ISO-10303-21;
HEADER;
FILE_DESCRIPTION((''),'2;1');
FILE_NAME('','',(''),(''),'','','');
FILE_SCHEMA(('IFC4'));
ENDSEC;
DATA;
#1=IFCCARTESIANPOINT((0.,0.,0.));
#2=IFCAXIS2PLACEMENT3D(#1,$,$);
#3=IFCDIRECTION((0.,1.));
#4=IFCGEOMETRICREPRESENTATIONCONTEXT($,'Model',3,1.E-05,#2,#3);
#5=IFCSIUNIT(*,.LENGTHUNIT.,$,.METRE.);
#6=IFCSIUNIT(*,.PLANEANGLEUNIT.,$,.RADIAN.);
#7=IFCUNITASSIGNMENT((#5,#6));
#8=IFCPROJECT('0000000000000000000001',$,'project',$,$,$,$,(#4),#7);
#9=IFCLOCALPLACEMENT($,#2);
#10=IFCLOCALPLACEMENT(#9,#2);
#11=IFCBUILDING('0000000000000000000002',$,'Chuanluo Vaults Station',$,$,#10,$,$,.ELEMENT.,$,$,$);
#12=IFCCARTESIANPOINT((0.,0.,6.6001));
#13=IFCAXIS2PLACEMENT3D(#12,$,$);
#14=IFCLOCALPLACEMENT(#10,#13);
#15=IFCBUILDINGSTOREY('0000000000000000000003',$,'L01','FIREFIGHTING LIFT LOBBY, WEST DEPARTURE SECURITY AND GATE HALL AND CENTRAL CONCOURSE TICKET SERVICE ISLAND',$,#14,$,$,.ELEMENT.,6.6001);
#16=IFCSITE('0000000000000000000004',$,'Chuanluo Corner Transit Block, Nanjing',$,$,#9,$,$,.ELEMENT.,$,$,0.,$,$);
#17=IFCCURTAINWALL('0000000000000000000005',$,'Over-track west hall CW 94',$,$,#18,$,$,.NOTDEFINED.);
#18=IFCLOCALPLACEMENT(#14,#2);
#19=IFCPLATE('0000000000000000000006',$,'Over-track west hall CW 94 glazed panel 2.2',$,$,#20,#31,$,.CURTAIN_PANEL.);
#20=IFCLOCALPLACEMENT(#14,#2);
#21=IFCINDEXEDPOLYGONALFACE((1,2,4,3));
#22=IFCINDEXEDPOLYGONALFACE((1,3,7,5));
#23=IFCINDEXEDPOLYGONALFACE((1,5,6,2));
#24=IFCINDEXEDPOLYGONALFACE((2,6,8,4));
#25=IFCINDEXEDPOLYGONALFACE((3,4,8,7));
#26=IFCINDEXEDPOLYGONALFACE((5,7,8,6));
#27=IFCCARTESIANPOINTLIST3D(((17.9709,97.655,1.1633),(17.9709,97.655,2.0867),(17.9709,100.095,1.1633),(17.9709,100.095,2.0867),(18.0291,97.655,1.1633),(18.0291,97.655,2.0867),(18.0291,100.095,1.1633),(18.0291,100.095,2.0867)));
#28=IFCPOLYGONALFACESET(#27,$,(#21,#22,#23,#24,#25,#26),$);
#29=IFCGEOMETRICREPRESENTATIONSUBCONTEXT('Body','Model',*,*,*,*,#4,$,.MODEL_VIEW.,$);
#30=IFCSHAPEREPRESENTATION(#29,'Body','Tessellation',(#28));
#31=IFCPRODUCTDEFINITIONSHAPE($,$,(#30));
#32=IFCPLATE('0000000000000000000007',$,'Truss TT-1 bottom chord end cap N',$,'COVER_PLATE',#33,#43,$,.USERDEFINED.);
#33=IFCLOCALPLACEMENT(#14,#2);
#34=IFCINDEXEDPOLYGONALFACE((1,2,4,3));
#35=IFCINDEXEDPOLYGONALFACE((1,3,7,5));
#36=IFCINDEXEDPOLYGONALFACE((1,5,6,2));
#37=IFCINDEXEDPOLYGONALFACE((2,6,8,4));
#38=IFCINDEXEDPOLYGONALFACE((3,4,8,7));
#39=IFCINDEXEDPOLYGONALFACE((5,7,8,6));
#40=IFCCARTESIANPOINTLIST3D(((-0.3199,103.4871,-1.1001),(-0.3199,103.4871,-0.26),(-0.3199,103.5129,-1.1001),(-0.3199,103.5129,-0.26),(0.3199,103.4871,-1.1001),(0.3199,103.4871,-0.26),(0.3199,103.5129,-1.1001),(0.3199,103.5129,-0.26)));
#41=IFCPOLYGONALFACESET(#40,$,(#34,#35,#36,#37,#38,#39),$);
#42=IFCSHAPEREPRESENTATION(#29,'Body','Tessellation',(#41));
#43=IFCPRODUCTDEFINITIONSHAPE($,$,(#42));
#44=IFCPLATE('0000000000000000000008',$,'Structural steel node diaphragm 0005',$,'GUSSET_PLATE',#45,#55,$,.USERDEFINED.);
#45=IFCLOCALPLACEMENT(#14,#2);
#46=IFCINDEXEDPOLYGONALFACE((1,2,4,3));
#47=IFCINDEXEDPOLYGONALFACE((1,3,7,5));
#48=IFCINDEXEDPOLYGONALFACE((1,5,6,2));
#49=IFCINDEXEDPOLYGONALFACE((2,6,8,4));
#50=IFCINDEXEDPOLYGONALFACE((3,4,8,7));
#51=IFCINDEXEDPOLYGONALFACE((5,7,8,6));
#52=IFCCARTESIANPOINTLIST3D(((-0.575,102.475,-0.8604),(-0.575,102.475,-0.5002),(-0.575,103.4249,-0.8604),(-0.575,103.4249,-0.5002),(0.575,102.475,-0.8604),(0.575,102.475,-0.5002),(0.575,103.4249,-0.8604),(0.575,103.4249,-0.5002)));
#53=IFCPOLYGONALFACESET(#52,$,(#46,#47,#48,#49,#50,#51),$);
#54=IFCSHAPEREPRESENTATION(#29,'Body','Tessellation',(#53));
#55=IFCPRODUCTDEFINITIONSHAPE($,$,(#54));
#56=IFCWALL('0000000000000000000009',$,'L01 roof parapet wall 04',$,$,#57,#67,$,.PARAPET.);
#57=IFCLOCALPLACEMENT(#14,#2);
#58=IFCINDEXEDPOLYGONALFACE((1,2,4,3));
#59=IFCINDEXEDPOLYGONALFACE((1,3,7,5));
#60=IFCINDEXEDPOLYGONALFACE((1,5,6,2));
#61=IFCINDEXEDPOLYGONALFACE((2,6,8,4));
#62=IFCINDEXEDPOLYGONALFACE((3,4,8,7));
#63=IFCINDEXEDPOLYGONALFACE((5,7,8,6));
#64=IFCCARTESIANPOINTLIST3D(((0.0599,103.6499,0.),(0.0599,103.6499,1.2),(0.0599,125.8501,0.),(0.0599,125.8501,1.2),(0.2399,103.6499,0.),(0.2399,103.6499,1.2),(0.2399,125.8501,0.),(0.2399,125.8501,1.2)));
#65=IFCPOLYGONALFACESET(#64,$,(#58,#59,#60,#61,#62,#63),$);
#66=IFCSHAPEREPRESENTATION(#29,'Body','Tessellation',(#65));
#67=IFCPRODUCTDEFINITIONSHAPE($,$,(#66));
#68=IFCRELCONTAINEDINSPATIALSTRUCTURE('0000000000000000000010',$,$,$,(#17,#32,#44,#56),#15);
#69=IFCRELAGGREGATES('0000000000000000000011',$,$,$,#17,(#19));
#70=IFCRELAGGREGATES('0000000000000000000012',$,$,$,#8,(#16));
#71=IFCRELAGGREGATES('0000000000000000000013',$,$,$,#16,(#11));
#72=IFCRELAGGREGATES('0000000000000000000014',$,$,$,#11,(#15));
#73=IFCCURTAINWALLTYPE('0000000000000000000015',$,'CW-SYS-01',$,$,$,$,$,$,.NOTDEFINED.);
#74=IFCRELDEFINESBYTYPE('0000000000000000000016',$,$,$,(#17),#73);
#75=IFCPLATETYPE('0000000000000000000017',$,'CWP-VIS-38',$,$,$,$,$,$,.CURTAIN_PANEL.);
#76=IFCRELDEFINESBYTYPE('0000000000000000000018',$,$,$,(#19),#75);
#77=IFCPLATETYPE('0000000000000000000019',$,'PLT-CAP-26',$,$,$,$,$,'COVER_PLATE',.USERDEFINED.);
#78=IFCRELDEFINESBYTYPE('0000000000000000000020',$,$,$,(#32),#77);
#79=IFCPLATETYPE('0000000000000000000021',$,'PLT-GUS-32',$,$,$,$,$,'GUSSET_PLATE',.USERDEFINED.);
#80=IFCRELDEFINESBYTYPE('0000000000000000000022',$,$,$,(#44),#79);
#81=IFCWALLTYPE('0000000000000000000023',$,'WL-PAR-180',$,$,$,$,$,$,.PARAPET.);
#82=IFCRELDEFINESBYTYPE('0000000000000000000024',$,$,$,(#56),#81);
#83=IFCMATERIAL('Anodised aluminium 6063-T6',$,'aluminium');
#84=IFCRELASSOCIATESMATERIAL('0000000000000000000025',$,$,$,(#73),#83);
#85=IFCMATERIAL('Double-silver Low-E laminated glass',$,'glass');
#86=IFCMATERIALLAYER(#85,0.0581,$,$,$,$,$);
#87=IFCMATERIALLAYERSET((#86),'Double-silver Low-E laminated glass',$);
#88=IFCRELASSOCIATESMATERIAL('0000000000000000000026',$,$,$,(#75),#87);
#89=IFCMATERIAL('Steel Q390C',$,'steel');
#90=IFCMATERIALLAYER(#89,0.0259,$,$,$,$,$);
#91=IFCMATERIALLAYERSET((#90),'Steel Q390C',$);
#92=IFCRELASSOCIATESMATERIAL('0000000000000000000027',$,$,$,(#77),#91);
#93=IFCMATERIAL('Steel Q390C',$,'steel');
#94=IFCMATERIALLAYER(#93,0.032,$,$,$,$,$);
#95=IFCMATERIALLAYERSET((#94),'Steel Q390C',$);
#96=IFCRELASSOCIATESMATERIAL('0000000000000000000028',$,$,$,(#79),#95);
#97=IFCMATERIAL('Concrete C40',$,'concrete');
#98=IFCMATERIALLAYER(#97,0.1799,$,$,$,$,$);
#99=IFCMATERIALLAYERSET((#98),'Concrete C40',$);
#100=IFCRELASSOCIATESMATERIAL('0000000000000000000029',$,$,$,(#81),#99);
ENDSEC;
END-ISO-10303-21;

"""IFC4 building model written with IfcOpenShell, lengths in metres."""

from ifc_helpers import new_model, si_unit, direction, frame, frame_2d, origin, origin_2d, place, context, subcontext, project, spatial, rectangle, extrude, material, layer, layer_set, type_object, element, aggregate, save


model = new_model("IFC4")

# Units and contexts
model_context = context("Model", 3, precision=1e-05, world=origin(), true_north=direction((0.0, 1.0)))
body_context = subcontext(model_context, "Body", "Model", "MODEL_VIEW")
ifc_project = project(units=[si_unit("LENGTHUNIT", "METRE"), si_unit("PLANEANGLEUNIT", "RADIAN")], contexts=[model_context])

# Site, building, storey
site_placement = place(None, origin())
site = spatial("IfcSite", under=ifc_project, at=site_placement, Name="Chuanluo Corner Transit Block, Nanjing", CompositionType="ELEMENT", RefElevation=0.0)
building_placement = place(site_placement, origin())
building = spatial("IfcBuilding", under=site, at=building_placement, Name="Chuanluo Vaults Station", CompositionType="ELEMENT")
storey_placement = place(building_placement, frame((0.0, 0.0, 6.6001)))
storey = spatial("IfcBuildingStorey", under=building, at=storey_placement, Name="L01", Description="FIREFIGHTING LIFT LOBBY, WEST DEPARTURE SECURITY AND GATE HALL AND CENTRAL CONCOURSE TICKET SERVICE ISLAND", CompositionType="ELEMENT", Elevation=6.6001)

# Curtain wall
ifc_material_1 = material(Name="Anodised aluminium 6063-T6", Category="aluminium")
curtain_wall_type = type_object("IfcCurtainWallType", Name="CW-SYS-01", PredefinedType="NOTDEFINED", material=ifc_material_1)
curtain_wall_placement = place(storey_placement, origin())
curtain_wall = element("IfcCurtainWall", 1, at=curtain_wall_placement, inside=storey, type_object=curtain_wall_type, Name="Over-track west hall CW 94", PredefinedType="NOTDEFINED")

# Plate
ifc_material_2 = material(Name="Double-silver Low-E laminated glass", Category="glass")
ifc_layer_1 = layer(ifc_material_2, 0.0581)
ifc_layer_set_1 = layer_set([ifc_layer_1], Name="Double-silver Low-E laminated glass")
plate_type_1 = type_object("IfcPlateType", Name="CWP-VIS-38", PredefinedType="CURTAIN_PANEL", material=ifc_layer_set_1)
plate_1_placement = place(storey_placement, frame((18.0, 98.875, 1.1633), z_axis=(0.0, 0.0, 1.0), x_axis=(0.0, 1.0, 0.0)))
plate_1 = element("IfcPlate", 2, at=plate_1_placement, type_object=plate_type_1, Name="Over-track west hall CW 94 glazed panel 2.2", PredefinedType="CURTAIN_PANEL", context=body_context, shape_type="SweptSolid", body=[
    extrude(rectangle(XDim=2.4399, YDim=0.0581, at=origin_2d()), origin(), (0.0, 0.0, 1.0), 0.9233),
])
aggregate(curtain_wall, [plate_1])

# Plates
ifc_material_3 = material(Name="Steel Q390C", Category="steel")
ifc_layer_2 = layer(ifc_material_3, 0.0259)
ifc_layer_set_2 = layer_set([ifc_layer_2], Name="Steel Q390C")
plate_type_2 = type_object("IfcPlateType", Name="PLT-CAP-26", ElementType="COVER_PLATE", PredefinedType="USERDEFINED", material=ifc_layer_set_2)
plate_2_placement = place(storey_placement, frame((0.0, 103.5, -1.1001), z_axis=(0.0, 0.0, 1.0), x_axis=(1.0, 0.0, 0.0)))
element("IfcPlate", 3, at=plate_2_placement, inside=storey, type_object=plate_type_2, Name="Truss TT-1 bottom chord end cap N", ObjectType="COVER_PLATE", PredefinedType="USERDEFINED", context=body_context, shape_type="SweptSolid", body=[
    extrude(rectangle(XDim=0.6399, YDim=0.0259, at=origin_2d()), origin(), (0.0, 0.0, 1.0), 0.8401),
])
ifc_material_4 = material(Name="Steel Q390C", Category="steel")
ifc_layer_3 = layer(ifc_material_4, 0.032)
ifc_layer_set_3 = layer_set([ifc_layer_3], Name="Steel Q390C")
plate_type_3 = type_object("IfcPlateType", Name="PLT-GUS-32", ElementType="GUSSET_PLATE", PredefinedType="USERDEFINED", material=ifc_layer_set_3)
plate_3_placement = place(storey_placement, frame((0.0, 102.95, -0.8604), z_axis=(0.0, 0.0, 1.0), x_axis=(1.0, 0.0, 0.0)))
element("IfcPlate", 4, at=plate_3_placement, inside=storey, type_object=plate_type_3, Name="Structural steel node diaphragm 0005", ObjectType="GUSSET_PLATE", PredefinedType="USERDEFINED", context=body_context, shape_type="SweptSolid", body=[
    extrude(rectangle(XDim=1.1499, YDim=0.95, at=origin_2d()), origin(), (0.0, 0.0, 1.0), 0.3601),
])

# Wall
ifc_material_5 = material(Name="Concrete C40", Category="concrete")
ifc_layer_4 = layer(ifc_material_5, 0.1799)
ifc_layer_set_4 = layer_set([ifc_layer_4], Name="Concrete C40")
wall_type = type_object("IfcWallType", Name="WL-PAR-180", PredefinedType="PARAPET", material=ifc_layer_set_4)
wall_placement = place(storey_placement, frame((0.1499, 103.6499, 0.0), z_axis=(0.0, 0.0, 1.0), x_axis=(0.0, 1.0, 0.0)))
element("IfcWall", 5, at=wall_placement, inside=storey, type_object=wall_type, Name="L01 roof parapet wall 04", PredefinedType="PARAPET", context=body_context, shape_type="SweptSolid", body=[
    extrude(rectangle(XDim=22.2002, YDim=0.1799, at=frame_2d((11.1001, 0.0))), origin(), (0.0, 0.0, 1.0), 1.2),
])

save(model, "model.ifc")
